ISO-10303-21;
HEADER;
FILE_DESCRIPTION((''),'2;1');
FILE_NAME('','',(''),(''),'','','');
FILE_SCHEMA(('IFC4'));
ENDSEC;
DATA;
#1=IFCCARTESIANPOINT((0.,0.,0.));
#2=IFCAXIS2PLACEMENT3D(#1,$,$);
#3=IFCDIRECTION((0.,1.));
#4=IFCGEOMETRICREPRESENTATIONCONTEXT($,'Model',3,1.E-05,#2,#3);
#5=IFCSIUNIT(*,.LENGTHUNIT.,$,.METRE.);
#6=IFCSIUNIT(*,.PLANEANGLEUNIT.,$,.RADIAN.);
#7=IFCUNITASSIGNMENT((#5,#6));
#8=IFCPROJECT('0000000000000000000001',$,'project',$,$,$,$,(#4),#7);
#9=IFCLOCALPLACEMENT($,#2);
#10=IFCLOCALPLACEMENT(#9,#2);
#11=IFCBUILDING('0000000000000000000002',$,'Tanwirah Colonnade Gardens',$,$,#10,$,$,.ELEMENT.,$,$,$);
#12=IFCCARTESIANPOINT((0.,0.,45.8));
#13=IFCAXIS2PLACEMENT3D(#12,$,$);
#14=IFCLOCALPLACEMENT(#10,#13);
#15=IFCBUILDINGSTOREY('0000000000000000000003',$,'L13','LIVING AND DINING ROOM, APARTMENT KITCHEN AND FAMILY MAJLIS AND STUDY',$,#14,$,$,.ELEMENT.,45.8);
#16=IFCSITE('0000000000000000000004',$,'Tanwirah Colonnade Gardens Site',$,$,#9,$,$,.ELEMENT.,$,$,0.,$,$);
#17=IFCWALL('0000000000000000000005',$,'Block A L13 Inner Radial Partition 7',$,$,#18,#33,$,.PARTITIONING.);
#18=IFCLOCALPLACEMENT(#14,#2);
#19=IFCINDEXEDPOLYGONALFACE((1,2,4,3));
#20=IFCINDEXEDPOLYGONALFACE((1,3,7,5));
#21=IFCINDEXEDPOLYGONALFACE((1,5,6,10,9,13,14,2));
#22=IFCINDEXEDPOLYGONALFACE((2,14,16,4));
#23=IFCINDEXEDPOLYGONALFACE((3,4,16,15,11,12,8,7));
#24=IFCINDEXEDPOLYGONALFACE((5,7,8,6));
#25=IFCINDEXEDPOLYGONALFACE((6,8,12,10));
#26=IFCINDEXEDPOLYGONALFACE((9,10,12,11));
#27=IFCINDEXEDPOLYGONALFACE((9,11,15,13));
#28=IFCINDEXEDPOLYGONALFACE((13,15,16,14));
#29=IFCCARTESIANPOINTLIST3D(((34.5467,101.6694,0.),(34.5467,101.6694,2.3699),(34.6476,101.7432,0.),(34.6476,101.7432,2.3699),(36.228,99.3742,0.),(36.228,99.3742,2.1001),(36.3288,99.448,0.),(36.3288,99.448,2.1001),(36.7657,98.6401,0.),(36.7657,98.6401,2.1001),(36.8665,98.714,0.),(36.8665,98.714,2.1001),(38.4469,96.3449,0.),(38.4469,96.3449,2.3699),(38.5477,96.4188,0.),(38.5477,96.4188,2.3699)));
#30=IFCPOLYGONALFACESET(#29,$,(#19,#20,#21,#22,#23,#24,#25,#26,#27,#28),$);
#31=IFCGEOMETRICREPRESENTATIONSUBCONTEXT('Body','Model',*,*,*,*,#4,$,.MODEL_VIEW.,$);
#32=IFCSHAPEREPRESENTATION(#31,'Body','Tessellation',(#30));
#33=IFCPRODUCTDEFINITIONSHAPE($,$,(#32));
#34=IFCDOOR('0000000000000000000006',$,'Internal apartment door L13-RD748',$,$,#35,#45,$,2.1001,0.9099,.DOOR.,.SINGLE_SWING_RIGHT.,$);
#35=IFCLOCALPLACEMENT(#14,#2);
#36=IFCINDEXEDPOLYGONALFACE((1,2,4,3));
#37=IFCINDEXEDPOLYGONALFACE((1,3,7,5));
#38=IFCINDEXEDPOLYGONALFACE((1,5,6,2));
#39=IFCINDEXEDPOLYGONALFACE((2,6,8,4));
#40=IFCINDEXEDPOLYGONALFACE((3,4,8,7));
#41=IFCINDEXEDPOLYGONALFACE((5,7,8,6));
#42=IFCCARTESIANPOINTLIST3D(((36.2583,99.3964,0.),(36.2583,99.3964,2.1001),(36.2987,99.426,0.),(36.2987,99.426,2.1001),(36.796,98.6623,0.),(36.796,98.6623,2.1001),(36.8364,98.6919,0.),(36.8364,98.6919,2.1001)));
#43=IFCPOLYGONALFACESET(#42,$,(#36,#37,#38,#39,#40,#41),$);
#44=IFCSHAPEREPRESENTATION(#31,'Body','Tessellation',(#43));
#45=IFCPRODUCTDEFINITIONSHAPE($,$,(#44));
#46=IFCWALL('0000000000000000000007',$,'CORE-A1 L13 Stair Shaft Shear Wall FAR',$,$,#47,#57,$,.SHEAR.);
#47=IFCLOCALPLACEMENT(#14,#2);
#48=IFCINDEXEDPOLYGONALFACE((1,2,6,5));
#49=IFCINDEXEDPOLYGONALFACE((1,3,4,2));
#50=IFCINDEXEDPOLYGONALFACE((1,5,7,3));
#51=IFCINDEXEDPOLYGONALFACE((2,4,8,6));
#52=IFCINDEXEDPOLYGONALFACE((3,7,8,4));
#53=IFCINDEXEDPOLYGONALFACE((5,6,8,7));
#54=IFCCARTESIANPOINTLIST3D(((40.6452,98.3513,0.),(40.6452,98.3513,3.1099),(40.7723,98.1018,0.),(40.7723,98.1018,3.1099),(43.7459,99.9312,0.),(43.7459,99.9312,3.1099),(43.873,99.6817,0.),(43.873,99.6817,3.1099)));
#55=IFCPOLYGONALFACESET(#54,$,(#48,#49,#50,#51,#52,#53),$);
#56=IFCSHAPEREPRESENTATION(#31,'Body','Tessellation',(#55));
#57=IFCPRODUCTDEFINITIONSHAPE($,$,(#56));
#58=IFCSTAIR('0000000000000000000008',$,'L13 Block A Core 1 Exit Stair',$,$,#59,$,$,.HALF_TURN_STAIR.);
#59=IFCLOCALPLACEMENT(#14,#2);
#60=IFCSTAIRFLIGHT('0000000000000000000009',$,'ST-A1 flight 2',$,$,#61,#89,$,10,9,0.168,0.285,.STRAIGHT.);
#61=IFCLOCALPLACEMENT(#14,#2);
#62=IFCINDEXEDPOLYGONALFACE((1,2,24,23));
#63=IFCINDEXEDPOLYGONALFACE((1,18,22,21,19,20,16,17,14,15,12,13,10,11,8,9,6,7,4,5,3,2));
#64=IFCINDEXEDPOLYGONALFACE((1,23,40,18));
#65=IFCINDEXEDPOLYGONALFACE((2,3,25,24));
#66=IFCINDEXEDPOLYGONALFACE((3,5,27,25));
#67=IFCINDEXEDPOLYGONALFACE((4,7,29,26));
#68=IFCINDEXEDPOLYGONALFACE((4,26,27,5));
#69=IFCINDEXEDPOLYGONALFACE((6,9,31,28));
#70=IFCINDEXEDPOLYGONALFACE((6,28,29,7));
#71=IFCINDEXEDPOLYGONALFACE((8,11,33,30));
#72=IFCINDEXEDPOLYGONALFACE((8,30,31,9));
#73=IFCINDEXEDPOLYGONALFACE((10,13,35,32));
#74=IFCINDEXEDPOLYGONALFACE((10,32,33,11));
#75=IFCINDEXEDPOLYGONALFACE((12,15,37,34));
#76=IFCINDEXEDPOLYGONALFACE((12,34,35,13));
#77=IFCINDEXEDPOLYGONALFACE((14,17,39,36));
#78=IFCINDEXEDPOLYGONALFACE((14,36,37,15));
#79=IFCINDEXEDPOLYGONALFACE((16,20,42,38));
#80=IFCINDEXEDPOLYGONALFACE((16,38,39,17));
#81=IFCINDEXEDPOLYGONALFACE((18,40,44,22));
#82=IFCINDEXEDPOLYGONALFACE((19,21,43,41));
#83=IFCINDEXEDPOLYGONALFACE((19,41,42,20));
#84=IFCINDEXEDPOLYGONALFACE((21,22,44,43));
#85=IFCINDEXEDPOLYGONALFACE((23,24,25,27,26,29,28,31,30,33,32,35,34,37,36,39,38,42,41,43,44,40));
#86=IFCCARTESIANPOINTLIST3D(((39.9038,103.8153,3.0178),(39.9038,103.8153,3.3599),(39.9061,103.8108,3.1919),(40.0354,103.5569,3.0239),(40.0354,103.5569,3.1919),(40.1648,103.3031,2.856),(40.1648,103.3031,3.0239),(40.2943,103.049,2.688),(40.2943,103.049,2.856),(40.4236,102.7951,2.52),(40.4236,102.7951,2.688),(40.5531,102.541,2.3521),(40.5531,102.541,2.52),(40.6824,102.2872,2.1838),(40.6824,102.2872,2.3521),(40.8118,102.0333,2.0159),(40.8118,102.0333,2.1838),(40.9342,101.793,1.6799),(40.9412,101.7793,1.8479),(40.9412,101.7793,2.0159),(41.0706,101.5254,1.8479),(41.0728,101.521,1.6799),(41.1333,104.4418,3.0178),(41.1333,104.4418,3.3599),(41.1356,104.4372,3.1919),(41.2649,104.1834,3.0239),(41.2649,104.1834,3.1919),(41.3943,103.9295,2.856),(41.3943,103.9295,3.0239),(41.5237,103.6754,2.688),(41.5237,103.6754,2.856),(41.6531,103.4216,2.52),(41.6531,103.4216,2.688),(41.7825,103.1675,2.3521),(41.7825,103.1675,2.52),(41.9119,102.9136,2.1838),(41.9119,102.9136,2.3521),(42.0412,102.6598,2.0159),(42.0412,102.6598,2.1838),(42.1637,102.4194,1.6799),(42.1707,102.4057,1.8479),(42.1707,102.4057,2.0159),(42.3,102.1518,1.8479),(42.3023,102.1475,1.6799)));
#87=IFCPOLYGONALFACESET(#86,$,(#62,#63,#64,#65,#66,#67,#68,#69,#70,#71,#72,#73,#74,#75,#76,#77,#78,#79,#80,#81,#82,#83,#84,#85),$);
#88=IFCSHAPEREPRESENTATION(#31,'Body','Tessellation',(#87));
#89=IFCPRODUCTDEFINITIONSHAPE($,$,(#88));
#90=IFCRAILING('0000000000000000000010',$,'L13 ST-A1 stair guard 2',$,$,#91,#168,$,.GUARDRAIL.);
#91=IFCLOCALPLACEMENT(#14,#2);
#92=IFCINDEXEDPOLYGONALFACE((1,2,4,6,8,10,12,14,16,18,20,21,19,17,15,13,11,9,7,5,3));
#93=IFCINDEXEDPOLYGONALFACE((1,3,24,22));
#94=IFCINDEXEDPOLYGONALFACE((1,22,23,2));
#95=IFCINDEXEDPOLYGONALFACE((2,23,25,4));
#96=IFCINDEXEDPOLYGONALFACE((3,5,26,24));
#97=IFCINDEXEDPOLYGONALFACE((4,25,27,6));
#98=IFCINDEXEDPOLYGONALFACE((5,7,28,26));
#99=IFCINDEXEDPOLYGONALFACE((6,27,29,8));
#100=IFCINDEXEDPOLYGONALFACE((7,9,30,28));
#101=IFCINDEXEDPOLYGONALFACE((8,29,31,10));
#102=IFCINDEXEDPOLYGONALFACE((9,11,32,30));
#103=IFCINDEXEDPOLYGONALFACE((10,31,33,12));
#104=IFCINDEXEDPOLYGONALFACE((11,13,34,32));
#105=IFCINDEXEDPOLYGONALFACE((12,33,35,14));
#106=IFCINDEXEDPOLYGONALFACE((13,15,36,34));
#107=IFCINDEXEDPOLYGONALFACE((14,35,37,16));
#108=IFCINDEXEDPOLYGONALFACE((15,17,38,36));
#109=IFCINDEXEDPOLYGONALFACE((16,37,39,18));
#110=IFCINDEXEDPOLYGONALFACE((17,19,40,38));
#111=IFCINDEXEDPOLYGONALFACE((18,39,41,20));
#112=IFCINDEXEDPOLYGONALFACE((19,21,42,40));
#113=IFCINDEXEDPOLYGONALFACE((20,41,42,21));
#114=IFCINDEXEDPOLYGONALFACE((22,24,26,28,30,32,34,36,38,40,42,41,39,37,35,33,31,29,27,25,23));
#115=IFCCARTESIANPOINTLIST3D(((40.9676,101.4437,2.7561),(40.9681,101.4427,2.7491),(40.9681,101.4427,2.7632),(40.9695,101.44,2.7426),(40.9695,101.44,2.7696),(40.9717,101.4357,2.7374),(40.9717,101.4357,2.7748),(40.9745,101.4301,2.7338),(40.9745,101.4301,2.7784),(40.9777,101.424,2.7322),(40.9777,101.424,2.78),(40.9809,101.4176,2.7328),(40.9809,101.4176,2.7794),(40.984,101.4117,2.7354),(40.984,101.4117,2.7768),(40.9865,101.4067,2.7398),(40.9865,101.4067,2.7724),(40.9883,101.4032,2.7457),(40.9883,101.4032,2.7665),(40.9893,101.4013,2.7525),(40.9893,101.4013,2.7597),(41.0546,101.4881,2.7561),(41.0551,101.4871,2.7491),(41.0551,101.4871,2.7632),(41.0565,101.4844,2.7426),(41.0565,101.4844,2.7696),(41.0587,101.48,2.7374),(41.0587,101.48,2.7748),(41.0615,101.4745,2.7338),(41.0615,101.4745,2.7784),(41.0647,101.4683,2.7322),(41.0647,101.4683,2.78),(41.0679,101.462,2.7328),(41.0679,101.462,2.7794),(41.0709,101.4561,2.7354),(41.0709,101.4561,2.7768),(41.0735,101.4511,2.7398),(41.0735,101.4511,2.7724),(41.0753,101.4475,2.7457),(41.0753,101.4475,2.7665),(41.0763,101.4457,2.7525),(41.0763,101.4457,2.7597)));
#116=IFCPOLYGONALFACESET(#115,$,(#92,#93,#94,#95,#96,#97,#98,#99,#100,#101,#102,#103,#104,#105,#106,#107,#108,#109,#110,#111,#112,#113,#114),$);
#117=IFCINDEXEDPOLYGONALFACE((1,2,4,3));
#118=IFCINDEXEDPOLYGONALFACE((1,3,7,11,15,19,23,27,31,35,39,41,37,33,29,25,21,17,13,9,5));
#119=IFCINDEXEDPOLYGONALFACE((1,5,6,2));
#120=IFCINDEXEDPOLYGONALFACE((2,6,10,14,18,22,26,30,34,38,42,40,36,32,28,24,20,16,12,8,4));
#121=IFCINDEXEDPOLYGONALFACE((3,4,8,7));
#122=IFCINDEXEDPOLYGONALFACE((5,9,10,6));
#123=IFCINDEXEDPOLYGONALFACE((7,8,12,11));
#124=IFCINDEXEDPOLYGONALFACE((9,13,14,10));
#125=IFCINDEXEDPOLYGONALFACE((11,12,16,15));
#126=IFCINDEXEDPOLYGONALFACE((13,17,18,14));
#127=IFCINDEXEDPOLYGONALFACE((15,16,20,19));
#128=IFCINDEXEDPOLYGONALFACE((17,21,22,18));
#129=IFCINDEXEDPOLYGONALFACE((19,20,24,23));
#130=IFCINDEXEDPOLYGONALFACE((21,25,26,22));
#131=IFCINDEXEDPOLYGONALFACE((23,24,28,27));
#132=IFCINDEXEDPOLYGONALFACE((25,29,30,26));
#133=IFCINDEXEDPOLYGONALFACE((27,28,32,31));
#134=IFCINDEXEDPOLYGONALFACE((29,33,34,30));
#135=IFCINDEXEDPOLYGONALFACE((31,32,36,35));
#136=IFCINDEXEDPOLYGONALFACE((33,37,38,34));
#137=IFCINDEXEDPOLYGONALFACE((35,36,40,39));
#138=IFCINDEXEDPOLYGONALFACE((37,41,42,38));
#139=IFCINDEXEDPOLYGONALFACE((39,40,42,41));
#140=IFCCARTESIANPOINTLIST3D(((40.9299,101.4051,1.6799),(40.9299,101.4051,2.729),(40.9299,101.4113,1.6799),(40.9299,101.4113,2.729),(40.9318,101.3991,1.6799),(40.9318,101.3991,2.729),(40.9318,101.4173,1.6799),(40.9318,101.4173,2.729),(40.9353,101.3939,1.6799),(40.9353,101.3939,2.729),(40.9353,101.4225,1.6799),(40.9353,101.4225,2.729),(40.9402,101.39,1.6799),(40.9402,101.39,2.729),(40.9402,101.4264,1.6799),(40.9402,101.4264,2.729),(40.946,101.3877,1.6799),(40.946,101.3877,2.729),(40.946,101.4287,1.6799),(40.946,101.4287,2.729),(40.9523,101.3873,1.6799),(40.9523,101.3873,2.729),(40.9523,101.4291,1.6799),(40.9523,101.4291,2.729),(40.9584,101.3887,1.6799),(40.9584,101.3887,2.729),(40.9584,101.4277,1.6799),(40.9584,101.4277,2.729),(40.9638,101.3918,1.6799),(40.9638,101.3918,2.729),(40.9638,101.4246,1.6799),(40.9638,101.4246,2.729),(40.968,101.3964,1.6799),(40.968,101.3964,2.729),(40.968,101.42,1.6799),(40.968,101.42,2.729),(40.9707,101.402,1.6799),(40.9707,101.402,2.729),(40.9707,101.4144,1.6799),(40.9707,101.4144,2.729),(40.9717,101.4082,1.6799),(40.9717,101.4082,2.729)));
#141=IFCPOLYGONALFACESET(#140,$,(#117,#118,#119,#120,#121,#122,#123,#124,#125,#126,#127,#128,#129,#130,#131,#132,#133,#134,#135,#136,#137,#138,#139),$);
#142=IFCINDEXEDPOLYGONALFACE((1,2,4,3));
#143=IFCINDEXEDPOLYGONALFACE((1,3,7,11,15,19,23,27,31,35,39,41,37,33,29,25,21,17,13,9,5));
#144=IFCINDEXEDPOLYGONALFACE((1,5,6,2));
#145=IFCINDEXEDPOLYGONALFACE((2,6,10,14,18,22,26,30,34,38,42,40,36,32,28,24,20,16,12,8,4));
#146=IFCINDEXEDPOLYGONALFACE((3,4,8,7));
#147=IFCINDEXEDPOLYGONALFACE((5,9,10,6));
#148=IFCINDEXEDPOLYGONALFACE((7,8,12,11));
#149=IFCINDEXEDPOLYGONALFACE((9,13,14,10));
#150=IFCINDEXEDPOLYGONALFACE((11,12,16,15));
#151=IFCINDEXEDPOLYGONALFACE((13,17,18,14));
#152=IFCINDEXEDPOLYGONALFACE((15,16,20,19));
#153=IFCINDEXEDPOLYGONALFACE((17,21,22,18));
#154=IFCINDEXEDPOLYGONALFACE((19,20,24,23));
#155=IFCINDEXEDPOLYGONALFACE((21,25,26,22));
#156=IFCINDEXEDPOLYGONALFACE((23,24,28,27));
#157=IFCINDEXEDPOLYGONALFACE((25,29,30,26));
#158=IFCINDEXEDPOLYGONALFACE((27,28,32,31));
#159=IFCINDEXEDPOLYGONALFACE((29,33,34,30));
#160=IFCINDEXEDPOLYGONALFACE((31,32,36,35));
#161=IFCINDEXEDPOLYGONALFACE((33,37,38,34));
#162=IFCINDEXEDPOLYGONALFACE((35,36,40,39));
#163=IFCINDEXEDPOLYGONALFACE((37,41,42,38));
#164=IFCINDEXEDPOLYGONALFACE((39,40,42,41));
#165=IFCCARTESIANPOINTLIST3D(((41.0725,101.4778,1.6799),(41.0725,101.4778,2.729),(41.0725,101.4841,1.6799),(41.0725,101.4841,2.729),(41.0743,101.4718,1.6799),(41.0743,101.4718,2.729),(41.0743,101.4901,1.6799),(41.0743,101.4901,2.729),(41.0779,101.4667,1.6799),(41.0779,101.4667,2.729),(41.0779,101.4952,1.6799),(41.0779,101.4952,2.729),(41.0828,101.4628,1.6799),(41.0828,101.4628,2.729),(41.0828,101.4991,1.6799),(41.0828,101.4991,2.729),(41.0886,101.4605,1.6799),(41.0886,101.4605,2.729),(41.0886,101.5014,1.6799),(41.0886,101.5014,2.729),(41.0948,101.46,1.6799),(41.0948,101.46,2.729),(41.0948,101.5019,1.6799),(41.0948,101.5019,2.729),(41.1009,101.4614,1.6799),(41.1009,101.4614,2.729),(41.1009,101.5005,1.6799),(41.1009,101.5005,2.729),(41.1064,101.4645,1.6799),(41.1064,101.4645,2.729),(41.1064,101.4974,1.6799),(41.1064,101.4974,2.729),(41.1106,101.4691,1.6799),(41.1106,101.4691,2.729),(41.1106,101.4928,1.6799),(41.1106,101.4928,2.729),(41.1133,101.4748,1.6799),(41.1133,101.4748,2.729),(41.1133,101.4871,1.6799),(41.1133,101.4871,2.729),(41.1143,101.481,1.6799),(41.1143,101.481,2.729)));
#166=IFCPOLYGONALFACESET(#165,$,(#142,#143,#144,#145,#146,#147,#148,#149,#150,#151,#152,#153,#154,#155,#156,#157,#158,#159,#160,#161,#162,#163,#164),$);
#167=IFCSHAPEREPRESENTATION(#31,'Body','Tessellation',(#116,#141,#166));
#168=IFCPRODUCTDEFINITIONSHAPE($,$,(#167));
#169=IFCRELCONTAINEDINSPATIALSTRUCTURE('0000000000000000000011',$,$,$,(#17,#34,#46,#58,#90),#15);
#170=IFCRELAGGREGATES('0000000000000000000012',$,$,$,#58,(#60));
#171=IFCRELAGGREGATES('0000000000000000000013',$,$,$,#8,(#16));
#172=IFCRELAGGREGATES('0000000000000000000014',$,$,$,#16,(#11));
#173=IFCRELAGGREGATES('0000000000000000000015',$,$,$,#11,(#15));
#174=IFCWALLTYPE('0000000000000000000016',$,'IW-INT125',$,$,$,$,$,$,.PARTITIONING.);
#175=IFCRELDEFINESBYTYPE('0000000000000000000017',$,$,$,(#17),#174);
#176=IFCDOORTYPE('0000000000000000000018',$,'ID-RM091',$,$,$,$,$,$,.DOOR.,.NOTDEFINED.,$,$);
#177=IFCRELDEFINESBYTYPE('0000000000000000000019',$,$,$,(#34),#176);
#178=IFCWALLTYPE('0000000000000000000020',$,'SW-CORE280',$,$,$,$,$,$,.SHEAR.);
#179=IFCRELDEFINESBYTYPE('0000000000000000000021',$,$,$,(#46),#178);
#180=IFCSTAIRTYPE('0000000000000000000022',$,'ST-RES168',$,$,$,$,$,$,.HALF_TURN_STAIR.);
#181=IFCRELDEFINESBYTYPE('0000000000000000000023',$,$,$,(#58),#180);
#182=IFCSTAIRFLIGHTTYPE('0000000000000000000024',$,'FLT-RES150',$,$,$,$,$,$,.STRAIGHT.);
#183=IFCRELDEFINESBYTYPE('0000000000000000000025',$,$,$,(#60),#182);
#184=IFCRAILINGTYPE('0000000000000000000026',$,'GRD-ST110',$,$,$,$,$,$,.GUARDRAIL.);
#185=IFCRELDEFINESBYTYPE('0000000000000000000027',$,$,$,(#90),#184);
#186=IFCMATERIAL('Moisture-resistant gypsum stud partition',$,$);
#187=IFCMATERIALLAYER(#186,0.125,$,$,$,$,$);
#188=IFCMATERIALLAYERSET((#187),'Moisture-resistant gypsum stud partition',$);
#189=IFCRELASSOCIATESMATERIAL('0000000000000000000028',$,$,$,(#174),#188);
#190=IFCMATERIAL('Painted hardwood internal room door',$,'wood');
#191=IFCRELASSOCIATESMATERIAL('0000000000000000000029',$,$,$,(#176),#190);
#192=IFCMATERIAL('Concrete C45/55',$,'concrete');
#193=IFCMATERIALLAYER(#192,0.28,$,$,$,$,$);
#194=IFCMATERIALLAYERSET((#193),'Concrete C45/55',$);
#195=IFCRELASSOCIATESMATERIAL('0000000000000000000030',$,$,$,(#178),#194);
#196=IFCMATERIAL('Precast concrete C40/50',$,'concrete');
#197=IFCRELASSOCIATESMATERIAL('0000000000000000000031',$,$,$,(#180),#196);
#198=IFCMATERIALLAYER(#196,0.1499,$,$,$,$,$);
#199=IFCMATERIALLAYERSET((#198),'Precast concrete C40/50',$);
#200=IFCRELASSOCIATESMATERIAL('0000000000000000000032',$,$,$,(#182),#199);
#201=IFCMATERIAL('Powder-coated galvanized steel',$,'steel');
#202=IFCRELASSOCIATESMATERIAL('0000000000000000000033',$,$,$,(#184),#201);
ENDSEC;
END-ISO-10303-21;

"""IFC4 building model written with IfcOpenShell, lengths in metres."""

from ifc_helpers import new_model, si_unit, direction, frame, frame_2d, origin, origin_2d, place, context, subcontext, project, spatial, polyline, rectangle, circle, outline, extrude, material, layer, layer_set, type_object, element, fill, aggregate, save


model = new_model("IFC4")

# Units and contexts
model_context = context("Model", 3, precision=1e-05, world=origin(), true_north=direction((0.0, 1.0)))
body_context = subcontext(model_context, "Body", "Model", "MODEL_VIEW")
ifc_project = project(units=[si_unit("LENGTHUNIT", "METRE"), si_unit("PLANEANGLEUNIT", "RADIAN")], contexts=[model_context])

# Site, building, storey
site_placement = place(None, origin())
site = spatial("IfcSite", under=ifc_project, at=site_placement, Name="Tanwirah Colonnade Gardens Site", CompositionType="ELEMENT", RefElevation=0.0)
building_placement = place(site_placement, origin())
building = spatial("IfcBuilding", under=site, at=building_placement, Name="Tanwirah Colonnade Gardens", CompositionType="ELEMENT")
storey_placement = place(building_placement, frame((0.0, 0.0, 45.8)))
storey = spatial("IfcBuildingStorey", under=building, at=storey_placement, Name="L13", Description="LIVING AND DINING ROOM, APARTMENT KITCHEN AND FAMILY MAJLIS AND STUDY", CompositionType="ELEMENT", Elevation=45.8)

# Shared definitions
ifc_material_1 = material(Name="Precast concrete C40/50", Category="concrete")

# Wall, opening, door
ifc_material_2 = material(Name="Moisture-resistant gypsum stud partition")
ifc_layer_1 = layer(ifc_material_2, 0.125)
ifc_layer_set_1 = layer_set([ifc_layer_1], Name="Moisture-resistant gypsum stud partition")
wall_type_1 = type_object("IfcWallType", Name="IW-INT125", PredefinedType="PARTITIONING", material=ifc_layer_set_1)
wall_1_placement = place(storey_placement, frame((38.4973, 96.3818, 0.0), z_axis=(0.0, 0.0, 1.0), x_axis=(-0.590924, 0.806727, 0.0)))
wall_1 = element("IfcWall", 1, at=wall_1_placement, inside=storey, type_object=wall_type_1, Name="Block A L13 Inner Radial Partition 7", PredefinedType="PARTITIONING", context=body_context, shape_type="SweptSolid", body=[
    extrude(rectangle(XDim=6.6001, YDim=0.125, at=frame_2d((3.3, 0.0))), origin(), (0.0, 0.0, 1.0), 2.3699),
])
opening_1_placement = place(wall_1_placement, frame((2.845, 0.0, 0.0)))
opening_1 = element("IfcOpeningElement", 2, at=opening_1_placement, cuts=wall_1, PredefinedType="OPENING", context=body_context, shape_type="SweptSolid", body=[
    extrude(rectangle(XDim=0.9099, YDim=2.1001, at=frame_2d((0.4551, 1.05))), frame((0.0, 0.0725, 0.0), z_axis=(0.0, -1.0, 0.0), x_axis=(1.0, 0.0, 0.0)), (0.0, 0.0, 1.0), 0.145),
])
ifc_material_3 = material(Name="Painted hardwood internal room door", Category="wood")
door_type_1 = type_object("IfcDoorType", Name="ID-RM091", OperationType="NOTDEFINED", PredefinedType="DOOR", material=ifc_material_3)
door_1_placement = place(opening_1_placement, origin())
door_1 = element("IfcDoor", 3, at=door_1_placement, inside=storey, type_object=door_type_1, Name="Internal apartment door L13-RD748", OperationType="SINGLE_SWING_RIGHT", OverallHeight=2.1001, OverallWidth=0.9099, PredefinedType="DOOR", context=body_context, shape_type="SweptSolid", body=[
    extrude(rectangle(XDim=0.9099, YDim=2.1001, at=frame_2d((0.4551, 1.05))), frame((0.0, 0.0249, 0.0), z_axis=(0.0, -1.0, 0.0), x_axis=(1.0, 0.0, 0.0)), (0.0, 0.0, 1.0), 0.05),
])
fill(opening_1, door_1)

# Wall
ifc_material_4 = material(Name="Concrete C45/55", Category="concrete")
ifc_layer_2 = layer(ifc_material_4, 0.28)
ifc_layer_set_2 = layer_set([ifc_layer_2], Name="Concrete C45/55")
wall_type_2 = type_object("IfcWallType", Name="SW-CORE280", PredefinedType="SHEAR", material=ifc_layer_set_2)
wall_2_placement = place(storey_placement, frame((40.7087, 98.2266, 0.0), z_axis=(0.0, 0.0, 1.0), x_axis=(0.891006, 0.453992, 0.0)))
element("IfcWall", 4, at=wall_2_placement, inside=storey, type_object=wall_type_2, Name="CORE-A1 L13 Stair Shaft Shear Wall FAR", PredefinedType="SHEAR", context=body_context, shape_type="SweptSolid", body=[
    extrude(rectangle(XDim=3.48, YDim=0.28, at=frame_2d((1.74, 0.0))), origin(), (0.0, 0.0, 1.0), 3.1099),
])

# Stair, stair flight
stair_type = type_object("IfcStairType", Name="ST-RES168", PredefinedType="HALF_TURN_STAIR", material=ifc_material_1)
stair_placement = place(storey_placement, origin())
stair = element("IfcStair", 5, at=stair_placement, inside=storey, type_object=stair_type, Name="L13 Block A Core 1 Exit Stair", PredefinedType="HALF_TURN_STAIR")
ifc_layer_3 = layer(ifc_material_1, 0.1499)
ifc_layer_set_3 = layer_set([ifc_layer_3], Name="Precast concrete C40/50")
stair_flight_type = type_object("IfcStairFlightType", Name="FLT-RES150", PredefinedType="STRAIGHT", material=ifc_layer_set_3)
stair_flight_placement = place(storey_placement, frame((41.6853, 101.8386, 1.6799), z_axis=(0.0, 0.0, 1.0), x_axis=(-0.45399, 0.891007, 0.0)))
stair_flight = element("IfcStairFlight", 6, at=stair_flight_placement, type_object=stair_flight_type, Name="ST-A1 flight 2", NumberOfRisers=10, NumberOfTreads=9, PredefinedType="STRAIGHT", RiserHeight=0.168, TreadLength=0.285, context=body_context, shape_type="SweptSolid", body=[
    extrude(outline(polyline([(-0.0049, 0.0), (0.0, 0.168), (0.2849, 0.168), (0.2849, 0.3359), (0.5701, 0.3359), (0.5701, 0.5039), (0.855, 0.5039), (0.855, 0.6721), (1.1399, 0.6721), (1.1399, 0.8401), (1.425, 0.8401), (1.425, 1.0081), (1.71, 1.0081), (1.71, 1.176), (1.9951, 1.176), (1.9951, 1.344), (2.28, 1.344), (2.28, 1.512), (2.5649, 1.512), (2.5701, 1.6799), (2.5701, 1.3379), (0.3003, 0.0), (-0.0049, 0.0)])), frame((0.0, 0.6899, 0.0), z_axis=(0.0, -1.0, 0.0), x_axis=(1.0, 0.0, 0.0)), (0.0, 0.0, 1.0), 1.3799),
])
aggregate(stair, [stair_flight])

# Railing
ifc_material_5 = material(Name="Powder-coated galvanized steel", Category="steel")
railing_type_1 = type_object("IfcRailingType", Name="GRD-ST110", PredefinedType="GUARDRAIL", material=ifc_material_5)
railing_1_placement = place(storey_placement, frame((40.9507, 101.4082, 1.6799)))
element("IfcRailing", 7, at=railing_1_placement, inside=storey, type_object=railing_type_1, Name="L13 ST-A1 stair guard 2", PredefinedType="GUARDRAIL", context=body_context, shape_type="SweptSolid", body=[
    extrude(circle(Radius=0.0239, at=origin_2d()), frame((0.0278, 0.0142, 1.0762), z_axis=(0.890737, 0.45452, 0.0), x_axis=(-0.45452, 0.890737, 0.0)), (0.0, 0.0, 1.0), 0.0977),
    extrude(circle(Radius=0.021, at=origin_2d()), origin(), (0.0, 0.0, 1.0), 1.0491),
    extrude(circle(Radius=0.021, at=origin_2d()), frame((0.1426, 0.0728, 0.0)), (0.0, 0.0, 1.0), 1.0491),
])

save(model, "model.ifc")
